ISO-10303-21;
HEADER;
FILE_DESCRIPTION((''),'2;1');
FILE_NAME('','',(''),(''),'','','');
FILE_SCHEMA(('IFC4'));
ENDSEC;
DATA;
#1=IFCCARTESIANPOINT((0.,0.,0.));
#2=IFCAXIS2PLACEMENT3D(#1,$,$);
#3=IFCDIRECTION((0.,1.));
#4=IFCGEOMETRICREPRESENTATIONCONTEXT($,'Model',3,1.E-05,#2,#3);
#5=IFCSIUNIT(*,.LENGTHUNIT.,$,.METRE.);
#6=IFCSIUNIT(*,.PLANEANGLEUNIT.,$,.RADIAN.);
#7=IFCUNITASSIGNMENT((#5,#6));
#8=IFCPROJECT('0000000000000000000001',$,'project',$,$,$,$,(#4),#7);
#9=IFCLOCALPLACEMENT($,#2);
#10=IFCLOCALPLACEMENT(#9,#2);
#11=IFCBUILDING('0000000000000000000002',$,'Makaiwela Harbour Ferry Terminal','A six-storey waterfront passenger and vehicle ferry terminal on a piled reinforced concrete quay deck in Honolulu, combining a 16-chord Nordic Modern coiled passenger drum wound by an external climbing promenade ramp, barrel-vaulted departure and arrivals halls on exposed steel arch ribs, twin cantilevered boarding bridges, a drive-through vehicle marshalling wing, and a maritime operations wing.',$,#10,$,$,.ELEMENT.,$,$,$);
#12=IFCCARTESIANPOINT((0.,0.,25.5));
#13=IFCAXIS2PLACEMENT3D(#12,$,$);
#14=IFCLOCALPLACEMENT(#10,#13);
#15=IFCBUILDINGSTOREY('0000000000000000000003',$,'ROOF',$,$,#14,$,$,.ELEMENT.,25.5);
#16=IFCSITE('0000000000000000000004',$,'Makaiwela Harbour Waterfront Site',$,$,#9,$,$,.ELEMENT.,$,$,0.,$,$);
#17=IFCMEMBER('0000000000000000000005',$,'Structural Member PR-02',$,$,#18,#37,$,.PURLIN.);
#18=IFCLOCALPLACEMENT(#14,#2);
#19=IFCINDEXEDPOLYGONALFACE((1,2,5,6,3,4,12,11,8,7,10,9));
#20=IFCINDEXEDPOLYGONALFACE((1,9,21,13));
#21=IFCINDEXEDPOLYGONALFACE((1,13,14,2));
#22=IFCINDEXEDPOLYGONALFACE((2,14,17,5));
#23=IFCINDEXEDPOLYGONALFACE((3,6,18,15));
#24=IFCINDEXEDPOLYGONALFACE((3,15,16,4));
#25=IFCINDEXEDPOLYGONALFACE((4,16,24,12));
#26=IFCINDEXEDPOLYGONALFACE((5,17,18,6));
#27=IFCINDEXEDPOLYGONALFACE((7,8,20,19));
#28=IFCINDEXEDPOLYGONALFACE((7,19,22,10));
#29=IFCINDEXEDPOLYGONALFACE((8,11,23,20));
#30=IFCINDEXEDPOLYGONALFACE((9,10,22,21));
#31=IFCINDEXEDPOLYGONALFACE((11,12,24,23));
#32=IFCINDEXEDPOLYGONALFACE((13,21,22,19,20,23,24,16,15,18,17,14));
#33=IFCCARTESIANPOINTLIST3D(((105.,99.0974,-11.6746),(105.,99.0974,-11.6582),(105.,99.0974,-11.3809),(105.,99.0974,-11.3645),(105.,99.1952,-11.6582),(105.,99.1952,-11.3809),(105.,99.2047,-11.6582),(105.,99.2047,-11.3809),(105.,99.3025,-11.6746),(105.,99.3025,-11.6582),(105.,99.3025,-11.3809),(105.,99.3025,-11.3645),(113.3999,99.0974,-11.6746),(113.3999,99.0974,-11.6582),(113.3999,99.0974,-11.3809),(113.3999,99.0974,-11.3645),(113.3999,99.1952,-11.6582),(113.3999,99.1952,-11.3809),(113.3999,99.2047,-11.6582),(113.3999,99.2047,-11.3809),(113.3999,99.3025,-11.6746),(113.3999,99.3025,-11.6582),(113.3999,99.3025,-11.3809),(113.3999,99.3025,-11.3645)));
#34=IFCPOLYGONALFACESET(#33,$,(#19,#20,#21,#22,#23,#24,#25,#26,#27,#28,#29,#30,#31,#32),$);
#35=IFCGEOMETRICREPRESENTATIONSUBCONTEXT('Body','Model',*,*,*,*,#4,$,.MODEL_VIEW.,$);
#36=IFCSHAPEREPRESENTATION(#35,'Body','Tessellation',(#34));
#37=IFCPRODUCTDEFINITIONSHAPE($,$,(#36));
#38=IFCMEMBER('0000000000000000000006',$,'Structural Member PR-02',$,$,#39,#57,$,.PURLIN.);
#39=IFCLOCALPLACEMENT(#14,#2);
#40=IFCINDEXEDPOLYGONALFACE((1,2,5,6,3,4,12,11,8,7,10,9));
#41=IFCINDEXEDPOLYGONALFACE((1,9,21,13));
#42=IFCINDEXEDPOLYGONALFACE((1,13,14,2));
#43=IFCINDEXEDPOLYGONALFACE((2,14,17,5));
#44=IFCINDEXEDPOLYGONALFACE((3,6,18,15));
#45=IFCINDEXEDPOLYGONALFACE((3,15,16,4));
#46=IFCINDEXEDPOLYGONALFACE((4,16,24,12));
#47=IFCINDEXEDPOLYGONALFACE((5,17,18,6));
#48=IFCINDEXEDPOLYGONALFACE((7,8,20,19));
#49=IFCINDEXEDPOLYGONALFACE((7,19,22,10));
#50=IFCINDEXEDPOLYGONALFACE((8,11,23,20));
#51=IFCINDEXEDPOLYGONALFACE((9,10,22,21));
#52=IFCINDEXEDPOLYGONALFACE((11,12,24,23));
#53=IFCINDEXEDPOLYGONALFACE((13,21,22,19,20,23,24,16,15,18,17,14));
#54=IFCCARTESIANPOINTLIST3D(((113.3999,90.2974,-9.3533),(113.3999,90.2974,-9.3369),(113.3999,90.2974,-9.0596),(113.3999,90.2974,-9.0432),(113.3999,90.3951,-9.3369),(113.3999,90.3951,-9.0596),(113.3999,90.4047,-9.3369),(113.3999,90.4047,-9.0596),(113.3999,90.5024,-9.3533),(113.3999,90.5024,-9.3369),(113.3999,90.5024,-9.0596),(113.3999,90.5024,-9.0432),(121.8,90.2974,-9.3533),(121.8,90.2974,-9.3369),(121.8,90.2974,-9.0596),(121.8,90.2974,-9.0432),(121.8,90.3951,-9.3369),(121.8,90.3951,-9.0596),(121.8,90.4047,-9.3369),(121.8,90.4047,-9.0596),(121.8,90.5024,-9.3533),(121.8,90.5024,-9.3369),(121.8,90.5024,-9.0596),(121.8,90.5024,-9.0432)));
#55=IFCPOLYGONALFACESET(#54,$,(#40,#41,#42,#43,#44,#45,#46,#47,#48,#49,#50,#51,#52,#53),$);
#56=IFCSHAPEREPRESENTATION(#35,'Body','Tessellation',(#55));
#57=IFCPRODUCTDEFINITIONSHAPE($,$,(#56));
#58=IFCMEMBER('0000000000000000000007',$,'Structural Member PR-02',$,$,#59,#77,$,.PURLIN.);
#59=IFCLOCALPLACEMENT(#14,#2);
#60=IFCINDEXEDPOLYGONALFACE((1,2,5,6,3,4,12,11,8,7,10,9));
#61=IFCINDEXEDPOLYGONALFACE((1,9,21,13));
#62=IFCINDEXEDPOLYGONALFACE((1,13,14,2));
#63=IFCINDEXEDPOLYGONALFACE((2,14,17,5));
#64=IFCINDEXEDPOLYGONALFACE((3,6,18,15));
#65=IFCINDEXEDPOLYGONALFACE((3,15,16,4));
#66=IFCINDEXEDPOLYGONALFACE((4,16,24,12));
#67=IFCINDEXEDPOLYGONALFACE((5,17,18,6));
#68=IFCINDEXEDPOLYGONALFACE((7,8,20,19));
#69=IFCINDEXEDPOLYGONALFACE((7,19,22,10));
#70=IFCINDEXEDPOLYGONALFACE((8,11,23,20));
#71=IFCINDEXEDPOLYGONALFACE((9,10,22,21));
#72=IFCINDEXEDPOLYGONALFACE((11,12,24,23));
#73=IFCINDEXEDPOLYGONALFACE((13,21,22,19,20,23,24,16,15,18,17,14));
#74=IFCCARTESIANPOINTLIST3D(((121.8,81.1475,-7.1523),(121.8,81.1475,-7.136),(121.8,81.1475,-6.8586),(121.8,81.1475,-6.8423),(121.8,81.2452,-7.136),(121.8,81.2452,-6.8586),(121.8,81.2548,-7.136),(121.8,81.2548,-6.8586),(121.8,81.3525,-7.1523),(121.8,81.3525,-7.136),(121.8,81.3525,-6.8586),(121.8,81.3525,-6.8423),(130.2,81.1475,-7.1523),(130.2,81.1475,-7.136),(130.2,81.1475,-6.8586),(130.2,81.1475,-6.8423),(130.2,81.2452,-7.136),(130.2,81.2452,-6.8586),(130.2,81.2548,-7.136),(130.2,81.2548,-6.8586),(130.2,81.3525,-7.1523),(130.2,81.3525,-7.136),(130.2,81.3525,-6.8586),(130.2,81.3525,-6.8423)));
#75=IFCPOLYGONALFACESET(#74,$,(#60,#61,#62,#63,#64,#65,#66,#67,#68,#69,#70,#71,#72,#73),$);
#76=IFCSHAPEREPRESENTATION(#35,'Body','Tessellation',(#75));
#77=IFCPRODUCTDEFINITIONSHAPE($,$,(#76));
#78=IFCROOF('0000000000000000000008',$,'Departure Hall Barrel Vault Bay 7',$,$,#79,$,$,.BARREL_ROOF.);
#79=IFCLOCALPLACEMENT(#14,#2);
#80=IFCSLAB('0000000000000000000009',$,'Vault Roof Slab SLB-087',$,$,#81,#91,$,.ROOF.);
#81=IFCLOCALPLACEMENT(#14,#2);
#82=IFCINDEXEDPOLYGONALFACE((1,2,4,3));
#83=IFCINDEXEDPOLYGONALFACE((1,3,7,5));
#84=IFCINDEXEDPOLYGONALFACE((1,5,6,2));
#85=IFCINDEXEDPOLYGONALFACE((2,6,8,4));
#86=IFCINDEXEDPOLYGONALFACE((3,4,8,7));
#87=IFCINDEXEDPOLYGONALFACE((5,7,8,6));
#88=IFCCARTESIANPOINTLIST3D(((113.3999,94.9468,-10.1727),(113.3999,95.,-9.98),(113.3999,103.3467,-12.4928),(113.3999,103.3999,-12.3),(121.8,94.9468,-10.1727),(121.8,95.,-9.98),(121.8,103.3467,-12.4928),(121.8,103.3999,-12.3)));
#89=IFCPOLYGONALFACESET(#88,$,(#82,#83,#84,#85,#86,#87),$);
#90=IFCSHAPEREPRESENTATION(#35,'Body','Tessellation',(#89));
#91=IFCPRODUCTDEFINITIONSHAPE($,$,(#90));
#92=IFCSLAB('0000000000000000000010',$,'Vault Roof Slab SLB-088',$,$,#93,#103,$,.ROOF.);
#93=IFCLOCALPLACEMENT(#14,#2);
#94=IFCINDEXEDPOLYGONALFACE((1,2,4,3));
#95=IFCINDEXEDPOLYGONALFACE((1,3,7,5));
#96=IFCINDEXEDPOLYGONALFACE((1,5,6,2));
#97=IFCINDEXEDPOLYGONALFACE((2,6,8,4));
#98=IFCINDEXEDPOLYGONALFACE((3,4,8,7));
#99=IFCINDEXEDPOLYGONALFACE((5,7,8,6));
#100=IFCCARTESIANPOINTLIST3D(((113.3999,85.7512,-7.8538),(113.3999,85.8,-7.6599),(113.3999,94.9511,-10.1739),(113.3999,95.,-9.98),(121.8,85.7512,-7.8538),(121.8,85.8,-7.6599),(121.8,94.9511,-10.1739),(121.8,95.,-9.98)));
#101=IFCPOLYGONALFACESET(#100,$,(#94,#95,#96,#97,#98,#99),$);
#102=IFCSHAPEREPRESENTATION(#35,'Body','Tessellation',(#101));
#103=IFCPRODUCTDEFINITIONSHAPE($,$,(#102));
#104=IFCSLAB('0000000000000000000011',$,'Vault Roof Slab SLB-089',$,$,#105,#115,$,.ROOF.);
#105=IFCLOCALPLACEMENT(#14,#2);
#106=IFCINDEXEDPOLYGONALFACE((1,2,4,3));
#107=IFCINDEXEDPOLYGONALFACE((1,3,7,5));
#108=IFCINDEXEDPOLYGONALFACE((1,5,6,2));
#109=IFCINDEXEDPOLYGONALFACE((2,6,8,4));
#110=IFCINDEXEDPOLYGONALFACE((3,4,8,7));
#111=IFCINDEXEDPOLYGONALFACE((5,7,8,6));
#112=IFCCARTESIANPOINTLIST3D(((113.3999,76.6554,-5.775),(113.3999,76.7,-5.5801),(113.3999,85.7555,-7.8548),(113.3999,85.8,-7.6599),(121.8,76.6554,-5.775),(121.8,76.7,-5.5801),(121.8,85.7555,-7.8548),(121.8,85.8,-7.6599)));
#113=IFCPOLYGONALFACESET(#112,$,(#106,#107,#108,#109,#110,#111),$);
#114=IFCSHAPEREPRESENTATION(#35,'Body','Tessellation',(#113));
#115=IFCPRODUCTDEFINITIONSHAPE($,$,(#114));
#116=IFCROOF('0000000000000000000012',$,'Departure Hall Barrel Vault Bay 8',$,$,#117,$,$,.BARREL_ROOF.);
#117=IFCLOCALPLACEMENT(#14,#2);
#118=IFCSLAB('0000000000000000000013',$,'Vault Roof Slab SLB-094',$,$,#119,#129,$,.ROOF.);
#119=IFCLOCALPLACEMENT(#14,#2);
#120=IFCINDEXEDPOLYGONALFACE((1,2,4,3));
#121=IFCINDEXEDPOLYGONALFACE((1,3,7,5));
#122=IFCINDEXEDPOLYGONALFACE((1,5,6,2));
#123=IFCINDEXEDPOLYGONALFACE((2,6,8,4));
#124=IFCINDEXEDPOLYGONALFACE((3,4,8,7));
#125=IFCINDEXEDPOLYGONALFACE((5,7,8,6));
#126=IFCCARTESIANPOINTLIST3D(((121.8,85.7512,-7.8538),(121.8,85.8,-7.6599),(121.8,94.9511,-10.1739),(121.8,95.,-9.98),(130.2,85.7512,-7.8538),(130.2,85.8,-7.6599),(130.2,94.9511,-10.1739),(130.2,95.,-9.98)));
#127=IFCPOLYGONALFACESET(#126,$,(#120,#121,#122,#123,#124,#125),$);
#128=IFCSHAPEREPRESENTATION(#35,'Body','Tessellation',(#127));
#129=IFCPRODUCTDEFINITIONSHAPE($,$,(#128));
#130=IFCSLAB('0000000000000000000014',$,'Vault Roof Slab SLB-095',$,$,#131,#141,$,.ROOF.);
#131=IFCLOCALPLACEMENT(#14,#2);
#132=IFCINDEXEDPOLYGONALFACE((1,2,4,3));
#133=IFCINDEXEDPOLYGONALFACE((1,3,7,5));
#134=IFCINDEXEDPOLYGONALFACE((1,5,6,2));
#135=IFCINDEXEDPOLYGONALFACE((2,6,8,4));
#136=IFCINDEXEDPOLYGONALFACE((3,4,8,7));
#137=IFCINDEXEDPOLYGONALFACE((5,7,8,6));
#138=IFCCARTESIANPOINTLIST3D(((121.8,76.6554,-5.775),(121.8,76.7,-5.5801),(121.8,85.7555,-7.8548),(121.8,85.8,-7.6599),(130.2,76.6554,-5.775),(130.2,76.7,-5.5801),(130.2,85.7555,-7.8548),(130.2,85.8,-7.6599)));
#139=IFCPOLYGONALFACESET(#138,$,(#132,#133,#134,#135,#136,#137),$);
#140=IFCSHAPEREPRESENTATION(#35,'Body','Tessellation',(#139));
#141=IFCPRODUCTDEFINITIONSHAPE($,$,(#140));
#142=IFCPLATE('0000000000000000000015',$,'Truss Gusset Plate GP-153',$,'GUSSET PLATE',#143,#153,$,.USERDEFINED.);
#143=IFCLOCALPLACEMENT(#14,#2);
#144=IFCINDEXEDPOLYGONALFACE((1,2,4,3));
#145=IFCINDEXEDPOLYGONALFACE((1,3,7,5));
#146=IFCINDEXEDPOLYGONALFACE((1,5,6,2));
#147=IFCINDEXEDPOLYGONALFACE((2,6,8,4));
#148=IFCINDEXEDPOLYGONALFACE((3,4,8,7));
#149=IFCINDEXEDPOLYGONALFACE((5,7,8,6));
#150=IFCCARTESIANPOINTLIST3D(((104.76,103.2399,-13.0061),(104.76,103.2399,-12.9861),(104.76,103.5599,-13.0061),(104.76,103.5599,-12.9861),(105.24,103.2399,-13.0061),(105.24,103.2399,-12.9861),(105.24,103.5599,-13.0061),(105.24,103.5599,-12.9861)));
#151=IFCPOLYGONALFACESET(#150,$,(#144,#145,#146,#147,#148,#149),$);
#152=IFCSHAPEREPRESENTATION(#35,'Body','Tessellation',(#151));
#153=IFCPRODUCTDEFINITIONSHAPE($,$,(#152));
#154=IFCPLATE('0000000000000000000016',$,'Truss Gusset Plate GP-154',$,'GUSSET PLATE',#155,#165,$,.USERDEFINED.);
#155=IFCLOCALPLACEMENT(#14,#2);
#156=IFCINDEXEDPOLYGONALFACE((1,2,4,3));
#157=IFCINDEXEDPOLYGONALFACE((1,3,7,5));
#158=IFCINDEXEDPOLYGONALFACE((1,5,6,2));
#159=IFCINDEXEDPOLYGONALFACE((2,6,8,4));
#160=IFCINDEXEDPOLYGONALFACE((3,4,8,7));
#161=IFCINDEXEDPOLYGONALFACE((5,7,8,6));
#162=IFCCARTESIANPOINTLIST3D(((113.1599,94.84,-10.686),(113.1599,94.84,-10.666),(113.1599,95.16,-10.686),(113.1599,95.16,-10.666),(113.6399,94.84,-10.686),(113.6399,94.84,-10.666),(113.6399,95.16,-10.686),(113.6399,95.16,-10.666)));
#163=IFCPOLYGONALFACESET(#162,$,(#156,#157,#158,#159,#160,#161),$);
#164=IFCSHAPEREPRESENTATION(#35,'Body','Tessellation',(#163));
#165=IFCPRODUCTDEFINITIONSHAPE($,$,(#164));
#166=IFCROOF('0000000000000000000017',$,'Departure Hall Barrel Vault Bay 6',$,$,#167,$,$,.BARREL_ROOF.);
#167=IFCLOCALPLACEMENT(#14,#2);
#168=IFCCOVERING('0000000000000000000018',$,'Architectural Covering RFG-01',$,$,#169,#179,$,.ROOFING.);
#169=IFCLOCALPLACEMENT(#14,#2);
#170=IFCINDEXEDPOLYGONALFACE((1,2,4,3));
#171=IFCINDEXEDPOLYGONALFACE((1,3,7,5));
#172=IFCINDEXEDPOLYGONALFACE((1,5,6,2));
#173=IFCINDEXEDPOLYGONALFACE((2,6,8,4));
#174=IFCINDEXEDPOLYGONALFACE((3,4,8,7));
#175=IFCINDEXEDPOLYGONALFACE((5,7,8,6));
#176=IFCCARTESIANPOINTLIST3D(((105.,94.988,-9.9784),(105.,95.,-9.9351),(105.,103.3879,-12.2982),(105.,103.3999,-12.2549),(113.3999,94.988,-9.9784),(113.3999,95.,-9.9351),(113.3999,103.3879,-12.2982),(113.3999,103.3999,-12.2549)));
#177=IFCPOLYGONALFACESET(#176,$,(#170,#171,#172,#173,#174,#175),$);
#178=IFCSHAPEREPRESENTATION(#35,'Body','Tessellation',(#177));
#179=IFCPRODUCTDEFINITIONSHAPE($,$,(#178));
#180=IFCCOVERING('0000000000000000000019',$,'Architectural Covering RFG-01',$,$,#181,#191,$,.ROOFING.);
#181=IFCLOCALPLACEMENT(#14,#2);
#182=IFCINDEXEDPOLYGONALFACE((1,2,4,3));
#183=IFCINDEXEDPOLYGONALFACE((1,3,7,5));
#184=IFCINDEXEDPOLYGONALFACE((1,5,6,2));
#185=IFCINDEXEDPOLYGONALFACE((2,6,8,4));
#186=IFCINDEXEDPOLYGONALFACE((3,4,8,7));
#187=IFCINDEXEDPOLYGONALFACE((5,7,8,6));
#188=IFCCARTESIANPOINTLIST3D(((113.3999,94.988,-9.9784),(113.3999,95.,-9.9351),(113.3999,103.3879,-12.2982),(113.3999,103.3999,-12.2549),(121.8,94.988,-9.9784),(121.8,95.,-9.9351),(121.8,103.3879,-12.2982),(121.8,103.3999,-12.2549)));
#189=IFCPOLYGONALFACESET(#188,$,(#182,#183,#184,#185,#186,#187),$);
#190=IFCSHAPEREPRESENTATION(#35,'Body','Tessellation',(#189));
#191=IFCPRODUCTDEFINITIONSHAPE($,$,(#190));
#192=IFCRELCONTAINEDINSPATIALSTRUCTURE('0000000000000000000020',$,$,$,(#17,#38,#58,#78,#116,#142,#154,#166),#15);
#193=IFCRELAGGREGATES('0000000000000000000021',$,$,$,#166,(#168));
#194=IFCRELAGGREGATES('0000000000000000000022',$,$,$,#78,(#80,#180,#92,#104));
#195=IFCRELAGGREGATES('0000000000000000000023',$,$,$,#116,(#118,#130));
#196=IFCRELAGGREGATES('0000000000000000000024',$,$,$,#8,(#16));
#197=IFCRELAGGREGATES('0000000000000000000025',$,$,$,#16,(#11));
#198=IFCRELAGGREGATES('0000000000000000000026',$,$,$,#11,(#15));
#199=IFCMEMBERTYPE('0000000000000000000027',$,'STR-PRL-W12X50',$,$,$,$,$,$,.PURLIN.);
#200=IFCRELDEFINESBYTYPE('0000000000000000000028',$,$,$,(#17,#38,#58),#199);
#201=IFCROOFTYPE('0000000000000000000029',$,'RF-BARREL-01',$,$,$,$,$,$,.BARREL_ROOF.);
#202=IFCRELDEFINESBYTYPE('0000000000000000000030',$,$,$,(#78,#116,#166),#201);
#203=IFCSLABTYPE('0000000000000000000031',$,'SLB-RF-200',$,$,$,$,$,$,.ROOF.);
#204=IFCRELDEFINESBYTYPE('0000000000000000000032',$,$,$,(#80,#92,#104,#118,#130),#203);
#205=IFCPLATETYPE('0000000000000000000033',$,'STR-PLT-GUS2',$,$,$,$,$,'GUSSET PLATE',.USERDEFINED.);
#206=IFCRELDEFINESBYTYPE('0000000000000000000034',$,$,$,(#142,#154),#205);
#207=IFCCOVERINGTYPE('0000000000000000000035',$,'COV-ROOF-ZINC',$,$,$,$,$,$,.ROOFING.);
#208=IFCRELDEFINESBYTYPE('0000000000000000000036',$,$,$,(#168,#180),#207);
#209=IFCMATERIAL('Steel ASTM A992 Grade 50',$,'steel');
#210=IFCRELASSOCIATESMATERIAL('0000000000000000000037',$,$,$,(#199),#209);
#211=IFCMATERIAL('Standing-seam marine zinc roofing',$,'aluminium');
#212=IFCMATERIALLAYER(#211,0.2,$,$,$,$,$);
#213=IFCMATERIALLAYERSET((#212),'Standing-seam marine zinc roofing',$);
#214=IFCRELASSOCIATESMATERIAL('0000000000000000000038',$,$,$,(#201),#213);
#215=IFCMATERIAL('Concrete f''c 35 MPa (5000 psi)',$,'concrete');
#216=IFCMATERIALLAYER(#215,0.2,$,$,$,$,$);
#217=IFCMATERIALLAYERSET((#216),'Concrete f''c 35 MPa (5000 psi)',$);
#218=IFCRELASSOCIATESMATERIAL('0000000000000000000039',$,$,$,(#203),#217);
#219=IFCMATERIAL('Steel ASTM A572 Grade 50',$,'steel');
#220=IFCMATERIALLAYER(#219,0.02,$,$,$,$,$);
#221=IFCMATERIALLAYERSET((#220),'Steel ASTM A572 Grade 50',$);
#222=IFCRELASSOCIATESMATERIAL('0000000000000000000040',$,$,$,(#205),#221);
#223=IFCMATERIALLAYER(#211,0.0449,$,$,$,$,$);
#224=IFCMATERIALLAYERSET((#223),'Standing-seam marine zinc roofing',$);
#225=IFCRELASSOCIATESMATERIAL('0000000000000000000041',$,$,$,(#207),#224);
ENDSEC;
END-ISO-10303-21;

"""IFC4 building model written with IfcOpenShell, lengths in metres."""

from ifc_helpers import new_model, si_unit, direction, frame, origin, origin_2d, place, context, subcontext, project, spatial, polyline, rectangle, i_section, outline, extrude, material, layer, layer_set, material_profile, profile_set, type_object, element, aggregate, save


model = new_model("IFC4")

# Units and contexts
model_context = context("Model", 3, precision=1e-05, world=origin(), true_north=direction((0.0, 1.0)))
body_context = subcontext(model_context, "Body", "Model", "MODEL_VIEW")
ifc_project = project(units=[si_unit("LENGTHUNIT", "METRE"), si_unit("PLANEANGLEUNIT", "RADIAN")], contexts=[model_context])

# Site, building, storey
site_placement = place(None, origin())
site = spatial("IfcSite", under=ifc_project, at=site_placement, Name="Makaiwela Harbour Waterfront Site", CompositionType="ELEMENT", RefElevation=0.0)
building_placement = place(site_placement, origin())
building = spatial("IfcBuilding", under=site, at=building_placement, Name="Makaiwela Harbour Ferry Terminal", Description="A six-storey waterfront passenger and vehicle ferry terminal on a piled reinforced concrete quay deck in Honolulu, combining a 16-chord Nordic Modern coiled passenger drum wound by an external climbing promenade ramp, barrel-vaulted departure and arrivals halls on exposed steel arch ribs, twin cantilevered boarding bridges, a drive-through vehicle marshalling wing, and a maritime operations wing.", CompositionType="ELEMENT")
storey_placement = place(building_placement, frame((0.0, 0.0, 25.5)))
storey = spatial("IfcBuildingStorey", under=building, at=storey_placement, Name="ROOF", CompositionType="ELEMENT", Elevation=25.5)

# Shared definitions
ifc_material_1 = material(Name="Steel ASTM A992 Grade 50", Category="steel")

# Members
ifc_material_profile_1 = material_profile(ifc_material_1, i_section(OverallWidth=0.2051, OverallDepth=0.3101, WebThickness=0.0095, FlangeThickness=0.0164, at=origin_2d()), Name="W12X50")
ifc_profile_set_1 = profile_set([ifc_material_profile_1], Name="Steel ASTM A992 Grade 50")
member_type_1 = type_object("IfcMemberType", Name="STR-PRL-W12X50", PredefinedType="PURLIN", material=ifc_profile_set_1)
member_1_placement = place(storey_placement, frame((105.0, 99.2, -11.5195), z_axis=(1.0, 0.0, 0.0), x_axis=(0.0, 1.0, 0.0)))
element("IfcMember", 1, at=member_1_placement, inside=storey, type_object=member_type_1, Name="Structural Member PR-02", PredefinedType="PURLIN", context=body_context, shape_type="SweptSolid", body=[
    extrude(i_section(OverallWidth=0.2051, OverallDepth=0.3101, WebThickness=0.0095, FlangeThickness=0.0164, at=origin_2d()), origin(), (0.0, 0.0, 1.0), 8.3999),
])
member_2_placement = place(storey_placement, frame((113.3999, 90.3999, -9.1982), z_axis=(1.0, 0.0, 0.0), x_axis=(0.0, 1.0, 0.0)))
element("IfcMember", 2, at=member_2_placement, inside=storey, type_object=member_type_1, Name="Structural Member PR-02", PredefinedType="PURLIN", context=body_context, shape_type="SweptSolid", body=[
    extrude(i_section(OverallWidth=0.2051, OverallDepth=0.3101, WebThickness=0.0095, FlangeThickness=0.0164, at=origin_2d()), origin(), (0.0, 0.0, 1.0), 8.4001),
])
member_3_placement = place(storey_placement, frame((121.8, 81.25, -6.9973), z_axis=(1.0, 0.0, 0.0), x_axis=(0.0, 1.0, 0.0)))
element("IfcMember", 3, at=member_3_placement, inside=storey, type_object=member_type_1, Name="Structural Member PR-02", PredefinedType="PURLIN", context=body_context, shape_type="SweptSolid", body=[
    extrude(i_section(OverallWidth=0.2051, OverallDepth=0.3101, WebThickness=0.0095, FlangeThickness=0.0164, at=origin_2d()), origin(), (0.0, 0.0, 1.0), 8.3999),
])

# Roofs, slabs
ifc_material_2 = material(Name="Standing-seam marine zinc roofing", Category="aluminium")
ifc_layer_1 = layer(ifc_material_2, 0.2)
ifc_layer_set_1 = layer_set([ifc_layer_1], Name="Standing-seam marine zinc roofing")
roof_type = type_object("IfcRoofType", Name="RF-BARREL-01", PredefinedType="BARREL_ROOF", material=ifc_layer_set_1)
roof_1_placement = place(storey_placement, origin())
roof_1 = element("IfcRoof", 4, at=roof_1_placement, inside=storey, type_object=roof_type, Name="Departure Hall Barrel Vault Bay 7", PredefinedType="BARREL_ROOF")
ifc_material_3 = material(Name="Concrete f'c 35 MPa (5000 psi)", Category="concrete")
ifc_layer_2 = layer(ifc_material_3, 0.2)
ifc_layer_set_2 = layer_set([ifc_layer_2], Name="Concrete f'c 35 MPa (5000 psi)")
slab_type = type_object("IfcSlabType", Name="SLB-RF-200", PredefinedType="ROOF", material=ifc_layer_set_2)
slab_1_placement = place(storey_placement, frame((113.3999, 95.0, -9.98), z_axis=(0.0, 0.266233, 0.963909), x_axis=(1.0, 0.0, 0.0)))
slab_1 = element("IfcSlab", 5, at=slab_1_placement, type_object=slab_type, Name="Vault Roof Slab SLB-087", PredefinedType="ROOF", context=body_context, shape_type="SweptSolid", body=[
    extrude(outline(polyline([(0.0, 0.0), (8.4001, 0.0), (8.4001, 8.7144), (0.0, 8.7144), (0.0, 0.0)])), origin(), (0.0, 0.0, -1.0), 0.2),
])
slab_2_placement = place(storey_placement, frame((113.3999, 85.8, -7.6599), z_axis=(0.0, 0.244527, 0.969642), x_axis=(1.0, 0.0, 0.0)))
slab_2 = element("IfcSlab", 6, at=slab_2_placement, type_object=slab_type, Name="Vault Roof Slab SLB-088", PredefinedType="ROOF", context=body_context, shape_type="SweptSolid", body=[
    extrude(outline(polyline([(0.0, 0.0), (8.4001, 0.0), (8.4001, 9.488), (0.0, 9.488), (0.0, 0.0)])), origin(), (0.0, 0.0, -1.0), 0.2),
])
slab_3_placement = place(storey_placement, frame((113.3999, 76.7, -5.5801), z_axis=(0.0, 0.222806, 0.974863), x_axis=(1.0, 0.0, 0.0)))
slab_3 = element("IfcSlab", 7, at=slab_3_placement, type_object=slab_type, Name="Vault Roof Slab SLB-089", PredefinedType="ROOF", context=body_context, shape_type="SweptSolid", body=[
    extrude(outline(polyline([(0.0, 0.0), (8.4001, 0.0), (8.4001, 9.3347), (0.0, 9.3347), (0.0, 0.0)])), origin(), (0.0, 0.0, -1.0), 0.2),
])
roof_2_placement = place(storey_placement, origin())
roof_2 = element("IfcRoof", 8, at=roof_2_placement, inside=storey, type_object=roof_type, Name="Departure Hall Barrel Vault Bay 8", PredefinedType="BARREL_ROOF")
slab_4_placement = place(storey_placement, frame((121.8, 85.8, -7.6599), z_axis=(0.0, 0.244527, 0.969642), x_axis=(1.0, 0.0, 0.0)))
slab_4 = element("IfcSlab", 9, at=slab_4_placement, type_object=slab_type, Name="Vault Roof Slab SLB-094", PredefinedType="ROOF", context=body_context, shape_type="SweptSolid", body=[
    extrude(outline(polyline([(0.0, 0.0), (8.3999, 0.0), (8.3999, 9.488), (0.0, 9.488), (0.0, 0.0)])), origin(), (0.0, 0.0, -1.0), 0.2),
])
slab_5_placement = place(storey_placement, frame((121.8, 76.7, -5.5801), z_axis=(0.0, 0.222806, 0.974863), x_axis=(1.0, 0.0, 0.0)))
slab_5 = element("IfcSlab", 10, at=slab_5_placement, type_object=slab_type, Name="Vault Roof Slab SLB-095", PredefinedType="ROOF", context=body_context, shape_type="SweptSolid", body=[
    extrude(outline(polyline([(0.0, 0.0), (8.3999, 0.0), (8.3999, 9.3347), (0.0, 9.3347), (0.0, 0.0)])), origin(), (0.0, 0.0, -1.0), 0.2),
])

# Plates
ifc_material_4 = material(Name="Steel ASTM A572 Grade 50", Category="steel")
ifc_layer_3 = layer(ifc_material_4, 0.02)
ifc_layer_set_3 = layer_set([ifc_layer_3], Name="Steel ASTM A572 Grade 50")
plate_type = type_object("IfcPlateType", Name="STR-PLT-GUS2", ElementType="GUSSET PLATE", PredefinedType="USERDEFINED", material=ifc_layer_set_3)
for number, where, z_axis, x_axis, name in (
    (11, (105.0, 103.3999, -13.0061), (0.0, 0.0, 1.0), (1.0, 0.0, 0.0), "Truss Gusset Plate GP-153"),
    (12, (113.3999, 95.0, -10.686), (0.0, 0.0, 1.0), (1.0, 0.0, 0.0), "Truss Gusset Plate GP-154"),
):
    element("IfcPlate", number, at=place(storey_placement, frame(where, z_axis=z_axis, x_axis=x_axis)), inside=storey, type_object=plate_type, Name=name, ObjectType="GUSSET PLATE", PredefinedType="USERDEFINED", context=body_context, shape_type="SweptSolid", body=[
        extrude(rectangle(XDim=0.48, YDim=0.3201, at=origin_2d()), origin(), (0.0, 0.0, 1.0), 0.02),
    ])

# Roof, covering
roof_3_placement = place(storey_placement, origin())
roof_3 = element("IfcRoof", 13, at=roof_3_placement, inside=storey, type_object=roof_type, Name="Departure Hall Barrel Vault Bay 6", PredefinedType="BARREL_ROOF")
ifc_layer_4 = layer(ifc_material_2, 0.0449)
ifc_layer_set_4 = layer_set([ifc_layer_4], Name="Standing-seam marine zinc roofing")
covering_type = type_object("IfcCoveringType", Name="COV-ROOF-ZINC", PredefinedType="ROOFING", material=ifc_layer_set_4)
covering_1_placement = place(storey_placement, frame((105.0, 95.0, -9.9351), z_axis=(0.0, 0.266207, 0.963916), x_axis=(1.0, 0.0, 0.0)))
covering_1 = element("IfcCovering", 14, at=covering_1_placement, type_object=covering_type, Name="Architectural Covering RFG-01", PredefinedType="ROOFING", context=body_context, shape_type="SweptSolid", body=[
    extrude(outline(polyline([(0.0, 0.0), (8.3999, 0.0), (8.3999, 8.7144), (0.0, 8.7144), (0.0, 0.0)])), origin(), (0.0, 0.0, -1.0), 0.0449),
])
aggregate(roof_3, [covering_1])

# Covering
covering_2_placement = place(storey_placement, frame((113.3999, 95.0, -9.9351), z_axis=(0.0, 0.266207, 0.963916), x_axis=(1.0, 0.0, 0.0)))
covering_2 = element("IfcCovering", 15, at=covering_2_placement, type_object=covering_type, Name="Architectural Covering RFG-01", PredefinedType="ROOFING", context=body_context, shape_type="SweptSolid", body=[
    extrude(outline(polyline([(0.0, 0.0), (8.4001, 0.0), (8.4001, 8.7144), (0.0, 8.7144), (0.0, 0.0)])), origin(), (0.0, 0.0, -1.0), 0.0449),
])
aggregate(roof_1, [slab_1, covering_2, slab_2, slab_3])
aggregate(roof_2, [slab_4, slab_5])

save(model, "model.ifc")
